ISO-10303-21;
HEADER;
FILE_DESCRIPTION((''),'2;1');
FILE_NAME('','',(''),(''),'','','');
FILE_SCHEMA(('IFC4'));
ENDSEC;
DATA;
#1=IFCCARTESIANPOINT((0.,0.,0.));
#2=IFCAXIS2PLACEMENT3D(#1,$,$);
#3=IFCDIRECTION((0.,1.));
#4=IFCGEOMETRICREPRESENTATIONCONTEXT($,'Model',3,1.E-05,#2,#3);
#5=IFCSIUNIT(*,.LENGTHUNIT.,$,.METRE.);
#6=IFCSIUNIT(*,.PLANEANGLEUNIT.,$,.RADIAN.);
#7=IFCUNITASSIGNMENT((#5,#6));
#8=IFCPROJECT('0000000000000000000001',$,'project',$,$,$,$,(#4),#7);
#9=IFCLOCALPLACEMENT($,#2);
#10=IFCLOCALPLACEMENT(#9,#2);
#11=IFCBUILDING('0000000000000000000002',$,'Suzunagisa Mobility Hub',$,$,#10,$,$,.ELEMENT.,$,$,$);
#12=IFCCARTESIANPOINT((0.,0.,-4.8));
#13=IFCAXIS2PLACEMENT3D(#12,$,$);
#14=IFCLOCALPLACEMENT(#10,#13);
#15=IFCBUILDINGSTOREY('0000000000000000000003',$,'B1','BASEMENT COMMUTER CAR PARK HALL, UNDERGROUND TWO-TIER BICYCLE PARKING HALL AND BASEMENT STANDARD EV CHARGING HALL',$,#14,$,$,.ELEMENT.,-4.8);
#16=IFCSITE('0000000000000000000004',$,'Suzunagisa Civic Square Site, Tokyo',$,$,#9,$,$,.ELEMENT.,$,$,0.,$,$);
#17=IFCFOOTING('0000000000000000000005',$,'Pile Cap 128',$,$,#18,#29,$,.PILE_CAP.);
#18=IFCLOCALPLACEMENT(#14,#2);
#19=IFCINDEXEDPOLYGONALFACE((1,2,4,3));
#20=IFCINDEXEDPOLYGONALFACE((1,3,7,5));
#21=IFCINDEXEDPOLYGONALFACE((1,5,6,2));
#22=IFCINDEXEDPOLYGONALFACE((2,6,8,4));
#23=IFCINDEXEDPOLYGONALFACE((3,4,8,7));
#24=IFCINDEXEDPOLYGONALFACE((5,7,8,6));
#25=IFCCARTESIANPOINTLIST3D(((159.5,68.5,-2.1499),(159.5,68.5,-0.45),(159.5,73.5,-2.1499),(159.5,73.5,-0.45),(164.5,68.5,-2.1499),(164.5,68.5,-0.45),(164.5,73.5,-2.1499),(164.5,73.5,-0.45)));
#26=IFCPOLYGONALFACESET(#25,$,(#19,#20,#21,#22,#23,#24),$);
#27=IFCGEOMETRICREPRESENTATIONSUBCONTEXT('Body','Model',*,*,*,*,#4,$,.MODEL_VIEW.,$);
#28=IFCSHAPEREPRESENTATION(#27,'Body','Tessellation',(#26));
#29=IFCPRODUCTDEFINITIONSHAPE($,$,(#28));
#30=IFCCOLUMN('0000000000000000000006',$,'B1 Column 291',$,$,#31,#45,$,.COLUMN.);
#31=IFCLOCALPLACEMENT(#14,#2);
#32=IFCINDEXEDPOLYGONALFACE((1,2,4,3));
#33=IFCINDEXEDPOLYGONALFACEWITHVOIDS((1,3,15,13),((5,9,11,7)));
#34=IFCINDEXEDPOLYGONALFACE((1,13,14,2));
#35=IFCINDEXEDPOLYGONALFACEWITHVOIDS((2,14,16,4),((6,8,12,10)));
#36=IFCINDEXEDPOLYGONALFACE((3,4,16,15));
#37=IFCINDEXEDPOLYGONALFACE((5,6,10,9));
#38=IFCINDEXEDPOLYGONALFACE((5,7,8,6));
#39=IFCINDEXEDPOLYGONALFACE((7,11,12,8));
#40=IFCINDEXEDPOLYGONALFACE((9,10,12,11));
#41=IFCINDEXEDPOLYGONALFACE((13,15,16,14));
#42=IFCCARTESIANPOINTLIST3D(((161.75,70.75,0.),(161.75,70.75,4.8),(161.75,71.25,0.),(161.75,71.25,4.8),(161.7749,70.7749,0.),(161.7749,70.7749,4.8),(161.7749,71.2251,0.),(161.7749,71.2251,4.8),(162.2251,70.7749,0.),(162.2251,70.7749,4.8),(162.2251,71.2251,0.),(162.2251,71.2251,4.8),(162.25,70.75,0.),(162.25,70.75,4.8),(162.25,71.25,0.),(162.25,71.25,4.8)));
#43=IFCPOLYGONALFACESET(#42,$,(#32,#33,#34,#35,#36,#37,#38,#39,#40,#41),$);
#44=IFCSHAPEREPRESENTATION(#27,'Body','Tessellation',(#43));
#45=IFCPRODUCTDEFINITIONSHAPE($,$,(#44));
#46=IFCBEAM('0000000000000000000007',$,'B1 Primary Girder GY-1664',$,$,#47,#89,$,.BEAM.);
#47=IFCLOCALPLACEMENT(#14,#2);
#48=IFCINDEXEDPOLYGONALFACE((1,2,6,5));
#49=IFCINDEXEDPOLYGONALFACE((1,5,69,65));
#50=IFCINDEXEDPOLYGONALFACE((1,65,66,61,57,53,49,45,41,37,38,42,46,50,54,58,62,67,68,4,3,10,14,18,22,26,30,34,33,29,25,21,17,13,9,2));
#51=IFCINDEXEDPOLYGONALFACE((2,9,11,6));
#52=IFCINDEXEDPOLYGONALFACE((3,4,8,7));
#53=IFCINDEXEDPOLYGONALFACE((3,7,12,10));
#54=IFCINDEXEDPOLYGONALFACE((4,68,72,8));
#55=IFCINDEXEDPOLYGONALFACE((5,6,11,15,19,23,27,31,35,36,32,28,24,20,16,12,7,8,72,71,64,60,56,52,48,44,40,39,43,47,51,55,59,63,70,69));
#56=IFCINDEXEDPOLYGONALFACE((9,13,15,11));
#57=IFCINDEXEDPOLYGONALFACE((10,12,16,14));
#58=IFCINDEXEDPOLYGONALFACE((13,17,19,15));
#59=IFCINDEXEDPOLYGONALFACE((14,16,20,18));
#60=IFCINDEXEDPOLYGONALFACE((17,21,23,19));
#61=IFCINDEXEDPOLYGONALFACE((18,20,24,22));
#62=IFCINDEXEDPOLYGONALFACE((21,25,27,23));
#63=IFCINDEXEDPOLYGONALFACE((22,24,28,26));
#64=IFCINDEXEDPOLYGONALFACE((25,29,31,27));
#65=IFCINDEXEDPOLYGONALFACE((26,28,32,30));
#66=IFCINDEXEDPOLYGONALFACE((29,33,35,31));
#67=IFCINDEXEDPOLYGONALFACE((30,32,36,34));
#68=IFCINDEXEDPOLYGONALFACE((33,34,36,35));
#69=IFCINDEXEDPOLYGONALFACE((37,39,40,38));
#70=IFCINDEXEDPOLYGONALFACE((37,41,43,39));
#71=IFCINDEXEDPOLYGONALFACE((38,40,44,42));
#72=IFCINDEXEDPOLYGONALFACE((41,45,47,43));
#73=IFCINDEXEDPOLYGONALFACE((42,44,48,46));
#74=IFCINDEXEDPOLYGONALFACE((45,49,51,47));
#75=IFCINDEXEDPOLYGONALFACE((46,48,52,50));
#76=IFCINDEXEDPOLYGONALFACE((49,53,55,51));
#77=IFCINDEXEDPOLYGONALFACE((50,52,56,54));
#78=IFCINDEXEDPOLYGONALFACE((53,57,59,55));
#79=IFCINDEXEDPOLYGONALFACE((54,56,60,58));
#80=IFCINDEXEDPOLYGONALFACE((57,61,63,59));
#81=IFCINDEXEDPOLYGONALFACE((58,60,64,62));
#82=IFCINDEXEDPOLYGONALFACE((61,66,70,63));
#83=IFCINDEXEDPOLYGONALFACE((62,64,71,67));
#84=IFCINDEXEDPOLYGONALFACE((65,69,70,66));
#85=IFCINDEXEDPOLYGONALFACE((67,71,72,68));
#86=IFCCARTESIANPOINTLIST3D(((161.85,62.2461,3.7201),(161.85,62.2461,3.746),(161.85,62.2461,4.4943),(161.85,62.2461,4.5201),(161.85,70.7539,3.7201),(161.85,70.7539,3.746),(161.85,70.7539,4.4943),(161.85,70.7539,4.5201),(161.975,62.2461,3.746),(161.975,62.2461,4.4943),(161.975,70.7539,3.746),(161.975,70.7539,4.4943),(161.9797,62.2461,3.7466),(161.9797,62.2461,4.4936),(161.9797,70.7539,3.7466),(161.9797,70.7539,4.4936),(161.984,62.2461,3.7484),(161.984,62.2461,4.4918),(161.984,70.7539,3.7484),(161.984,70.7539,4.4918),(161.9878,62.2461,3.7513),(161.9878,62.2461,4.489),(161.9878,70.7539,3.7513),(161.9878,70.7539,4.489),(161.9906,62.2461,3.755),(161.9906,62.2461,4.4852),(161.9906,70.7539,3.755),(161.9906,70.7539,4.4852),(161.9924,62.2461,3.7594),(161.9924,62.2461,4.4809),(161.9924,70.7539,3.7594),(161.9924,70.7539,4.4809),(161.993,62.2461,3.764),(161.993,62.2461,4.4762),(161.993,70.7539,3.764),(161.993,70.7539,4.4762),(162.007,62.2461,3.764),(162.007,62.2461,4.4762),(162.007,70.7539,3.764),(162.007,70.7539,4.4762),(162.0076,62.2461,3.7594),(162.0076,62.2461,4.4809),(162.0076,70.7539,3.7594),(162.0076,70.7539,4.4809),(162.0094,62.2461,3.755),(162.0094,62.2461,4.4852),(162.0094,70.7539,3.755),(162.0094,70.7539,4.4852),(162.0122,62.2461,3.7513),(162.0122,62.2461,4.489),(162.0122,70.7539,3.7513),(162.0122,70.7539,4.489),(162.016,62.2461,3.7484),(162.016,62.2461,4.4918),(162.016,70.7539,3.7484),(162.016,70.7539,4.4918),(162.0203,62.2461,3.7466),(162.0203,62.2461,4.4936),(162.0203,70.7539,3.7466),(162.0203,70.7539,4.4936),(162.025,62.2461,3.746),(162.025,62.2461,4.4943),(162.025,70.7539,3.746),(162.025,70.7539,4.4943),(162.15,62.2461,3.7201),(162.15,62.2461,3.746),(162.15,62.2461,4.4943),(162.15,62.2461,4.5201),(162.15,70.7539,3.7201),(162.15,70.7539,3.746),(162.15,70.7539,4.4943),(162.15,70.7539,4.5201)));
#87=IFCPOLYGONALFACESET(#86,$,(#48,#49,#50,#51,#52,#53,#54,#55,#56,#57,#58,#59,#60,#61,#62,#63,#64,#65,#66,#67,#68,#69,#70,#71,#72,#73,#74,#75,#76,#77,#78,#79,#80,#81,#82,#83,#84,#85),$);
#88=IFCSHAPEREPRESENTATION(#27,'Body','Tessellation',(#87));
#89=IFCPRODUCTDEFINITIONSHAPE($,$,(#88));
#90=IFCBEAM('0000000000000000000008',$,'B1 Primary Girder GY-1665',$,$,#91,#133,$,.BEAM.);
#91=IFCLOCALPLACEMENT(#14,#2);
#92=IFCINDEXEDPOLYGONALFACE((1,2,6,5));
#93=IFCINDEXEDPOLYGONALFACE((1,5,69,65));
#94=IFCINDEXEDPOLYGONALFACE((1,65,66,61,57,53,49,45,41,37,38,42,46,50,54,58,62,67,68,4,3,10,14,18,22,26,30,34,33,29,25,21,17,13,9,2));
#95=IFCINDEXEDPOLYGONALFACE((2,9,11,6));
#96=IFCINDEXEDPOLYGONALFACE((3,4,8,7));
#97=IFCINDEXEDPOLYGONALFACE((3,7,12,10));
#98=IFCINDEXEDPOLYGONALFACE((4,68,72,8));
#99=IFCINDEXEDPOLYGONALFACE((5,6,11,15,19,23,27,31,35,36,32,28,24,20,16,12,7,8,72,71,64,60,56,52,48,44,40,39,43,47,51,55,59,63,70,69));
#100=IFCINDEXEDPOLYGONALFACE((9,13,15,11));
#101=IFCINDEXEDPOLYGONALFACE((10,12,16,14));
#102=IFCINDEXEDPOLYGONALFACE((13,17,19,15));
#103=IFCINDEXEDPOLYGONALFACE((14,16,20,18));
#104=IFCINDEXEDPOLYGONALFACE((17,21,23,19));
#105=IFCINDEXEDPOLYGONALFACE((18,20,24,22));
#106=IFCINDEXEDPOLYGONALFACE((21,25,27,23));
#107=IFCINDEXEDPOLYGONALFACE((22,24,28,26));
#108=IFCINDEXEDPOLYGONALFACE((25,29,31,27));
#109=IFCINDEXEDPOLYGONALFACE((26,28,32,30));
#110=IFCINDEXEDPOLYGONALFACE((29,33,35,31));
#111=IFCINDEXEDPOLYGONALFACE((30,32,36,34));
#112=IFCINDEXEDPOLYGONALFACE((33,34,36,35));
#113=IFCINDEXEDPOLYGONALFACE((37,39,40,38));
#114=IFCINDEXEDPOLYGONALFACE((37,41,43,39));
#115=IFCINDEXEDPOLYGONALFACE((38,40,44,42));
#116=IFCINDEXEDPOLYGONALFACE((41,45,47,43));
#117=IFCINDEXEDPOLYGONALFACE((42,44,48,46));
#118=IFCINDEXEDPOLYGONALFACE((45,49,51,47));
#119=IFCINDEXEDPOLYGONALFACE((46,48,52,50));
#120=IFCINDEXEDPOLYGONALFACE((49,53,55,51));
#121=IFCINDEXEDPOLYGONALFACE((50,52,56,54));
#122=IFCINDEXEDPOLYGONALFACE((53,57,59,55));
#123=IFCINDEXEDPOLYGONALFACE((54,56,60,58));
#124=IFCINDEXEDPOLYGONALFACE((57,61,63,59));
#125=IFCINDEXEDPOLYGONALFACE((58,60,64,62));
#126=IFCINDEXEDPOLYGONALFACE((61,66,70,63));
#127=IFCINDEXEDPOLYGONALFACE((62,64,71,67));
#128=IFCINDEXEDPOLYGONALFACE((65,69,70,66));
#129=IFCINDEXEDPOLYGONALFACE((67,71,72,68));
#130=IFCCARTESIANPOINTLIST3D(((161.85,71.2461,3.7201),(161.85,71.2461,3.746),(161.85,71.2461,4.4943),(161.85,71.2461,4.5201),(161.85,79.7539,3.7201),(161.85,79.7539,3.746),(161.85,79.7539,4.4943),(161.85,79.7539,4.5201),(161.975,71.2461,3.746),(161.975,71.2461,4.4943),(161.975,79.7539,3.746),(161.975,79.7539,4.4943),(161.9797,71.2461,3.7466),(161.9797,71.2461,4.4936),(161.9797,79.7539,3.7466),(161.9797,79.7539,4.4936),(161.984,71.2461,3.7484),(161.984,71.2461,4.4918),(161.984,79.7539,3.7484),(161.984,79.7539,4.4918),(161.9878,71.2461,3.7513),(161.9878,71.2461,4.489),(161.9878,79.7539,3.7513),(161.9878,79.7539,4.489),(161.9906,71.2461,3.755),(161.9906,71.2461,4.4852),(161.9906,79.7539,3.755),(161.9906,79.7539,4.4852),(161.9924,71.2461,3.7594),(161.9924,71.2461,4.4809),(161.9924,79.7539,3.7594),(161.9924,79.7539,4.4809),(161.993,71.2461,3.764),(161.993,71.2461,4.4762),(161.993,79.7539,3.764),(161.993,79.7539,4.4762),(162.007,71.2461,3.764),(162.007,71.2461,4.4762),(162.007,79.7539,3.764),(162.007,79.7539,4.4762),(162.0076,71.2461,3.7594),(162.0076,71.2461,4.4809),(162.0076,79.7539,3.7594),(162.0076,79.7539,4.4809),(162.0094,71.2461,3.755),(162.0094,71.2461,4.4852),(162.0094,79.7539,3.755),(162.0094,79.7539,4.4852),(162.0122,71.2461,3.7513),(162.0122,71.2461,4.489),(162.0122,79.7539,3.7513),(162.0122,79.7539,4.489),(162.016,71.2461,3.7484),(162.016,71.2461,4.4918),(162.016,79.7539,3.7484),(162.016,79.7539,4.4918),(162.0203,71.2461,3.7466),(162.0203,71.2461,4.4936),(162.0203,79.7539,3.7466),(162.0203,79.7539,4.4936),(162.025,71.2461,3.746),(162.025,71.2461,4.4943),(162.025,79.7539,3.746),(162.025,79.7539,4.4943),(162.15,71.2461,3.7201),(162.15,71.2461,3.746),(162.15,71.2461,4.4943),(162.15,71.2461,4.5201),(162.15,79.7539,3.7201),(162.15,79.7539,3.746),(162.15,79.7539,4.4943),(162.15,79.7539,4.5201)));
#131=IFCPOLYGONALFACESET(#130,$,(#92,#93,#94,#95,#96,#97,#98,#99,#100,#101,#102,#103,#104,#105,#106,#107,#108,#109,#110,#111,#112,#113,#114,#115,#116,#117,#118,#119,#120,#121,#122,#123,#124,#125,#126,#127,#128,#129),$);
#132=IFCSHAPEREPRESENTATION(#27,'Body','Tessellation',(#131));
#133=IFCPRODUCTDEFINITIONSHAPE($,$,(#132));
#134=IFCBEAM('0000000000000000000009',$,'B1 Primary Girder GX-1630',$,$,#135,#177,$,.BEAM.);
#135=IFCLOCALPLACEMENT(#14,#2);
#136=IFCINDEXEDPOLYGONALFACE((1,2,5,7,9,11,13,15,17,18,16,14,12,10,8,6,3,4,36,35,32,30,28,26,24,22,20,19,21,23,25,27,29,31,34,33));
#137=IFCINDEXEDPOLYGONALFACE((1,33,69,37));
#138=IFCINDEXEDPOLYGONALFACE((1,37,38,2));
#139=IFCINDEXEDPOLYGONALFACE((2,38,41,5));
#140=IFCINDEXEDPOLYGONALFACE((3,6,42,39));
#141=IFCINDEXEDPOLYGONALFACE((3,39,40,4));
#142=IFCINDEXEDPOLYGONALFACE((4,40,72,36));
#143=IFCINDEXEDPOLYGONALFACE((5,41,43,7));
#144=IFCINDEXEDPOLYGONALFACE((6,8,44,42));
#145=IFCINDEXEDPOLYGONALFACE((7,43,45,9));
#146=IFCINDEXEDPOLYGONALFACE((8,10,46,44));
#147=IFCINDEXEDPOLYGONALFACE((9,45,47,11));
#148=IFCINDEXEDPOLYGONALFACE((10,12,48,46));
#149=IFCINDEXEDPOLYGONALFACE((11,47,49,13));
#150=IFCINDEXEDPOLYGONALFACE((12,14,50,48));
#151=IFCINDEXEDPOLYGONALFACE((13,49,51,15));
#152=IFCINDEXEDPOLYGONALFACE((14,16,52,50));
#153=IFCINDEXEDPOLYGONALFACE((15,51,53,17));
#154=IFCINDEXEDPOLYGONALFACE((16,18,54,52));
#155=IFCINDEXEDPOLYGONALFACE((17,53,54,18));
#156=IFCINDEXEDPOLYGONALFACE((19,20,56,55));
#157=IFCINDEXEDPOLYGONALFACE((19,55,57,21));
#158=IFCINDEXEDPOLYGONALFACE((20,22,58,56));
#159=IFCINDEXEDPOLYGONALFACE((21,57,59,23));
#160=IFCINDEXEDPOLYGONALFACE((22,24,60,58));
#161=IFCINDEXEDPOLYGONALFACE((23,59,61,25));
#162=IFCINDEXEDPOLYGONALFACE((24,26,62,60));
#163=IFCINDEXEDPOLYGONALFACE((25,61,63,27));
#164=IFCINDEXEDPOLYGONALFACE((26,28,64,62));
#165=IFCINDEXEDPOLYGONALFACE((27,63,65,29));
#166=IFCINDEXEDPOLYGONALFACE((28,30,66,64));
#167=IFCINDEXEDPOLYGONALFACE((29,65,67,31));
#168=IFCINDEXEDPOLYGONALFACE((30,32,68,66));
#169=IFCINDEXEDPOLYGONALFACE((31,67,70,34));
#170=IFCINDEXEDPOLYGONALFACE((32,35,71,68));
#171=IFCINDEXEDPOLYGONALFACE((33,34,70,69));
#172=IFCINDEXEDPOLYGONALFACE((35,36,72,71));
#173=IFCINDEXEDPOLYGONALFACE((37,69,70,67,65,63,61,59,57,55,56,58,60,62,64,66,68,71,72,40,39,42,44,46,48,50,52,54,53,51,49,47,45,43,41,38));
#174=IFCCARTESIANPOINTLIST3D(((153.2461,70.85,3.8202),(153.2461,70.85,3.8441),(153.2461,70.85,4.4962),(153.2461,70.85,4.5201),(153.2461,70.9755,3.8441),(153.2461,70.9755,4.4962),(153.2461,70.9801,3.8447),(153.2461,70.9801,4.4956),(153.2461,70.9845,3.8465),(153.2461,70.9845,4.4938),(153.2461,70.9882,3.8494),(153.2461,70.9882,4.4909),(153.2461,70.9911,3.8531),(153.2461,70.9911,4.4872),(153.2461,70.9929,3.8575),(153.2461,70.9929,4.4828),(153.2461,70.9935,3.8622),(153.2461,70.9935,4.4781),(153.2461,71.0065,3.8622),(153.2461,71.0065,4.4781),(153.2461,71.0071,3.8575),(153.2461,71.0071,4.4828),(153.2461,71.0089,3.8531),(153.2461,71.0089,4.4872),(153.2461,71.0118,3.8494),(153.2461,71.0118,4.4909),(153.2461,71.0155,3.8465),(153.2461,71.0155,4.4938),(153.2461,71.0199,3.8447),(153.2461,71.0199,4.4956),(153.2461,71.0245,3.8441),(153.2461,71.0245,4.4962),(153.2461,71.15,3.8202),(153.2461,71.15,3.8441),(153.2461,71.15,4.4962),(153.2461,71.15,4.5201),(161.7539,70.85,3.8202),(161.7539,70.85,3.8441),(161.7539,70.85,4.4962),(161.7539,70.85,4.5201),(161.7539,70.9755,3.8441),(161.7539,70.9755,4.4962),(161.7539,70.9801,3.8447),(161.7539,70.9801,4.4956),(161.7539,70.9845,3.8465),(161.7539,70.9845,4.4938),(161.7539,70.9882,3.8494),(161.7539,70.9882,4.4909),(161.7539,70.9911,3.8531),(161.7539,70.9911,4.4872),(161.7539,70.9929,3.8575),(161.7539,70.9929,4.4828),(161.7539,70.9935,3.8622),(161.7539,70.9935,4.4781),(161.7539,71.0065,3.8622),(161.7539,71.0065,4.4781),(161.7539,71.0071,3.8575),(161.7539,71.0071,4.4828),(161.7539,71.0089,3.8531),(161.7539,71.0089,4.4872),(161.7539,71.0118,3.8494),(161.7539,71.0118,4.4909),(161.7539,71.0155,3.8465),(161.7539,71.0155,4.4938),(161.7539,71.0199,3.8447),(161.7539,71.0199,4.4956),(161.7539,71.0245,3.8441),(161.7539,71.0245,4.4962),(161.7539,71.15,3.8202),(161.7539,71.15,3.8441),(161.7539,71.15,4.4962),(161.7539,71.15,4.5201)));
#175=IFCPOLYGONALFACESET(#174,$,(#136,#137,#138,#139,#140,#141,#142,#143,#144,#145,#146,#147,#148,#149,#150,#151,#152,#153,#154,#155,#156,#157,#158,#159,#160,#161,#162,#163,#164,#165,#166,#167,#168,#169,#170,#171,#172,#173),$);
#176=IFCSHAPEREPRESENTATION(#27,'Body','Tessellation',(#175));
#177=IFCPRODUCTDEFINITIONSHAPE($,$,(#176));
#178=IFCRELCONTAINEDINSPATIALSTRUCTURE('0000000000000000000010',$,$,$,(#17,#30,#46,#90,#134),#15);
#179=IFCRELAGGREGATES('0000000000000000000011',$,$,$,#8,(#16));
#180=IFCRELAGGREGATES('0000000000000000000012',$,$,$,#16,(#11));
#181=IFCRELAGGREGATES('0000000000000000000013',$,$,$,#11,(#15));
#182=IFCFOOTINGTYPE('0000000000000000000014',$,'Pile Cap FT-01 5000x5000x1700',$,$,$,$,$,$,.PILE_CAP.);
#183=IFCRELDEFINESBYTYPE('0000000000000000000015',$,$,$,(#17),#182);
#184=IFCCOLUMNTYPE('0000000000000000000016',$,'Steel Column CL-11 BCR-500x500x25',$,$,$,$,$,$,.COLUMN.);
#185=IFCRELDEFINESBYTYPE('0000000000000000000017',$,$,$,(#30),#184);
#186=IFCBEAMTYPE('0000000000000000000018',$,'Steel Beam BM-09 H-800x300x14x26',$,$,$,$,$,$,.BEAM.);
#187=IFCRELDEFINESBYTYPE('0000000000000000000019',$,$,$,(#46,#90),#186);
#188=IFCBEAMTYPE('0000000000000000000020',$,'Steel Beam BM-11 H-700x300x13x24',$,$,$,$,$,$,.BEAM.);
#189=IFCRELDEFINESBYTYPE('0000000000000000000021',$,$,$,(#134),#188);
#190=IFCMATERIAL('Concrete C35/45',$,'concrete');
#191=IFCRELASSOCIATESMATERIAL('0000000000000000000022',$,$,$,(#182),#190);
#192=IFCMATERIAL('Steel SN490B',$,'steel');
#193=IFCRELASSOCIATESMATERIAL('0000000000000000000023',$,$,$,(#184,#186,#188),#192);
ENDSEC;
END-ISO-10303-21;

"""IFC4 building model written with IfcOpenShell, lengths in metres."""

from ifc_helpers import new_model, si_unit, direction, frame, origin, origin_2d, place, context, subcontext, project, spatial, rectangle, hollow_rectangle, i_section, extrude, material, material_profile, profile_set, type_object, element, save


model = new_model("IFC4")

# Units and contexts
model_context = context("Model", 3, precision=1e-05, world=origin(), true_north=direction((0.0, 1.0)))
body_context = subcontext(model_context, "Body", "Model", "MODEL_VIEW")
ifc_project = project(units=[si_unit("LENGTHUNIT", "METRE"), si_unit("PLANEANGLEUNIT", "RADIAN")], contexts=[model_context])

# Site, building, storey
site_placement = place(None, origin())
site = spatial("IfcSite", under=ifc_project, at=site_placement, Name="Suzunagisa Civic Square Site, Tokyo", CompositionType="ELEMENT", RefElevation=0.0)
building_placement = place(site_placement, origin())
building = spatial("IfcBuilding", under=site, at=building_placement, Name="Suzunagisa Mobility Hub", CompositionType="ELEMENT")
storey_placement = place(building_placement, frame((0.0, 0.0, -4.8)))
storey = spatial("IfcBuildingStorey", under=building, at=storey_placement, Name="B1", Description="BASEMENT COMMUTER CAR PARK HALL, UNDERGROUND TWO-TIER BICYCLE PARKING HALL AND BASEMENT STANDARD EV CHARGING HALL", CompositionType="ELEMENT", Elevation=-4.8)

# Footing
ifc_material_1 = material(Name="Concrete C35/45", Category="concrete")
footing_type = type_object("IfcFootingType", Name="Pile Cap FT-01 5000x5000x1700", PredefinedType="PILE_CAP", material=ifc_material_1)
footing_placement = place(storey_placement, frame((162.0, 71.0, -2.1499), z_axis=(0.0, 0.0, 1.0), x_axis=(1.0, 0.0, 0.0)))
element("IfcFooting", 1, at=footing_placement, inside=storey, type_object=footing_type, Name="Pile Cap 128", PredefinedType="PILE_CAP", context=body_context, shape_type="SweptSolid", body=[
    extrude(rectangle(XDim=5.0, YDim=5.0, at=origin_2d()), origin(), (0.0, 0.0, 1.0), 1.7),
])

# Column
ifc_material_2 = material(Name="Steel SN490B", Category="steel")
ifc_material_profile_1 = material_profile(ifc_material_2, hollow_rectangle(XDim=0.5, YDim=0.5, WallThickness=0.0249, at=origin_2d()), Name="BCR-500x500x25")
ifc_profile_set_1 = profile_set([ifc_material_profile_1], Name="Steel SN490B")
column_type = type_object("IfcColumnType", Name="Steel Column CL-11 BCR-500x500x25", PredefinedType="COLUMN", material=ifc_profile_set_1)
column_placement = place(storey_placement, frame((162.0, 71.0, 0.0), z_axis=(0.0, 0.0, 1.0), x_axis=(1.0, 0.0, 0.0)))
element("IfcColumn", 2, at=column_placement, inside=storey, type_object=column_type, Name="B1 Column 291", PredefinedType="COLUMN", context=body_context, shape_type="SweptSolid", body=[
    extrude(hollow_rectangle(XDim=0.5, YDim=0.5, WallThickness=0.0249, at=origin_2d()), origin(), (0.0, 0.0, 1.0), 4.8),
])

# Beams
ifc_material_profile_2 = material_profile(ifc_material_2, i_section(OverallWidth=0.3, OverallDepth=0.8, WebThickness=0.0139, FlangeThickness=0.0259, FilletRadius=0.0181, at=origin_2d()), Name="H-800x300x14x26")
ifc_profile_set_2 = profile_set([ifc_material_profile_2], Name="Steel SN490B")
beam_type_1 = type_object("IfcBeamType", Name="Steel Beam BM-09 H-800x300x14x26", PredefinedType="BEAM", material=ifc_profile_set_2)
for number, where, z_axis, x_axis, name in (
    (3, (162.0, 62.2461, 4.1201), (0.0, 1.0, 0.0), (-1.0, 0.0, 0.0), "B1 Primary Girder GY-1664"),
    (4, (162.0, 71.2461, 4.1201), (0.0, 1.0, 0.0), (-1.0, 0.0, 0.0), "B1 Primary Girder GY-1665"),
):
    element("IfcBeam", number, at=place(storey_placement, frame(where, z_axis=z_axis, x_axis=x_axis)), inside=storey, type_object=beam_type_1, Name=name, PredefinedType="BEAM", context=body_context, shape_type="SweptSolid", body=[
        extrude(i_section(OverallWidth=0.3, OverallDepth=0.8, WebThickness=0.0139, FlangeThickness=0.0259, FilletRadius=0.0181, at=origin_2d()), origin(), (0.0, 0.0, 1.0), 8.5078),
    ])
ifc_material_profile_3 = material_profile(ifc_material_2, i_section(OverallWidth=0.3, OverallDepth=0.7, WebThickness=0.0129, FlangeThickness=0.0239, FilletRadius=0.0181, at=origin_2d()), Name="H-700x300x13x24")
ifc_profile_set_3 = profile_set([ifc_material_profile_3], Name="Steel SN490B")
beam_type_2 = type_object("IfcBeamType", Name="Steel Beam BM-11 H-700x300x13x24", PredefinedType="BEAM", material=ifc_profile_set_3)
for number, where, z_axis, x_axis, name in (
    (5, (153.2461, 71.0, 4.1702), (1.0, 0.0, 0.0), (0.0, 1.0, 0.0), "B1 Primary Girder GX-1630"),
):
    element("IfcBeam", number, at=place(storey_placement, frame(where, z_axis=z_axis, x_axis=x_axis)), inside=storey, type_object=beam_type_2, Name=name, PredefinedType="BEAM", context=body_context, shape_type="SweptSolid", body=[
        extrude(i_section(OverallWidth=0.3, OverallDepth=0.7, WebThickness=0.0129, FlangeThickness=0.0239, FilletRadius=0.0181, at=origin_2d()), origin(), (0.0, 0.0, 1.0), 8.5078),
    ])

save(model, "model.ifc")
